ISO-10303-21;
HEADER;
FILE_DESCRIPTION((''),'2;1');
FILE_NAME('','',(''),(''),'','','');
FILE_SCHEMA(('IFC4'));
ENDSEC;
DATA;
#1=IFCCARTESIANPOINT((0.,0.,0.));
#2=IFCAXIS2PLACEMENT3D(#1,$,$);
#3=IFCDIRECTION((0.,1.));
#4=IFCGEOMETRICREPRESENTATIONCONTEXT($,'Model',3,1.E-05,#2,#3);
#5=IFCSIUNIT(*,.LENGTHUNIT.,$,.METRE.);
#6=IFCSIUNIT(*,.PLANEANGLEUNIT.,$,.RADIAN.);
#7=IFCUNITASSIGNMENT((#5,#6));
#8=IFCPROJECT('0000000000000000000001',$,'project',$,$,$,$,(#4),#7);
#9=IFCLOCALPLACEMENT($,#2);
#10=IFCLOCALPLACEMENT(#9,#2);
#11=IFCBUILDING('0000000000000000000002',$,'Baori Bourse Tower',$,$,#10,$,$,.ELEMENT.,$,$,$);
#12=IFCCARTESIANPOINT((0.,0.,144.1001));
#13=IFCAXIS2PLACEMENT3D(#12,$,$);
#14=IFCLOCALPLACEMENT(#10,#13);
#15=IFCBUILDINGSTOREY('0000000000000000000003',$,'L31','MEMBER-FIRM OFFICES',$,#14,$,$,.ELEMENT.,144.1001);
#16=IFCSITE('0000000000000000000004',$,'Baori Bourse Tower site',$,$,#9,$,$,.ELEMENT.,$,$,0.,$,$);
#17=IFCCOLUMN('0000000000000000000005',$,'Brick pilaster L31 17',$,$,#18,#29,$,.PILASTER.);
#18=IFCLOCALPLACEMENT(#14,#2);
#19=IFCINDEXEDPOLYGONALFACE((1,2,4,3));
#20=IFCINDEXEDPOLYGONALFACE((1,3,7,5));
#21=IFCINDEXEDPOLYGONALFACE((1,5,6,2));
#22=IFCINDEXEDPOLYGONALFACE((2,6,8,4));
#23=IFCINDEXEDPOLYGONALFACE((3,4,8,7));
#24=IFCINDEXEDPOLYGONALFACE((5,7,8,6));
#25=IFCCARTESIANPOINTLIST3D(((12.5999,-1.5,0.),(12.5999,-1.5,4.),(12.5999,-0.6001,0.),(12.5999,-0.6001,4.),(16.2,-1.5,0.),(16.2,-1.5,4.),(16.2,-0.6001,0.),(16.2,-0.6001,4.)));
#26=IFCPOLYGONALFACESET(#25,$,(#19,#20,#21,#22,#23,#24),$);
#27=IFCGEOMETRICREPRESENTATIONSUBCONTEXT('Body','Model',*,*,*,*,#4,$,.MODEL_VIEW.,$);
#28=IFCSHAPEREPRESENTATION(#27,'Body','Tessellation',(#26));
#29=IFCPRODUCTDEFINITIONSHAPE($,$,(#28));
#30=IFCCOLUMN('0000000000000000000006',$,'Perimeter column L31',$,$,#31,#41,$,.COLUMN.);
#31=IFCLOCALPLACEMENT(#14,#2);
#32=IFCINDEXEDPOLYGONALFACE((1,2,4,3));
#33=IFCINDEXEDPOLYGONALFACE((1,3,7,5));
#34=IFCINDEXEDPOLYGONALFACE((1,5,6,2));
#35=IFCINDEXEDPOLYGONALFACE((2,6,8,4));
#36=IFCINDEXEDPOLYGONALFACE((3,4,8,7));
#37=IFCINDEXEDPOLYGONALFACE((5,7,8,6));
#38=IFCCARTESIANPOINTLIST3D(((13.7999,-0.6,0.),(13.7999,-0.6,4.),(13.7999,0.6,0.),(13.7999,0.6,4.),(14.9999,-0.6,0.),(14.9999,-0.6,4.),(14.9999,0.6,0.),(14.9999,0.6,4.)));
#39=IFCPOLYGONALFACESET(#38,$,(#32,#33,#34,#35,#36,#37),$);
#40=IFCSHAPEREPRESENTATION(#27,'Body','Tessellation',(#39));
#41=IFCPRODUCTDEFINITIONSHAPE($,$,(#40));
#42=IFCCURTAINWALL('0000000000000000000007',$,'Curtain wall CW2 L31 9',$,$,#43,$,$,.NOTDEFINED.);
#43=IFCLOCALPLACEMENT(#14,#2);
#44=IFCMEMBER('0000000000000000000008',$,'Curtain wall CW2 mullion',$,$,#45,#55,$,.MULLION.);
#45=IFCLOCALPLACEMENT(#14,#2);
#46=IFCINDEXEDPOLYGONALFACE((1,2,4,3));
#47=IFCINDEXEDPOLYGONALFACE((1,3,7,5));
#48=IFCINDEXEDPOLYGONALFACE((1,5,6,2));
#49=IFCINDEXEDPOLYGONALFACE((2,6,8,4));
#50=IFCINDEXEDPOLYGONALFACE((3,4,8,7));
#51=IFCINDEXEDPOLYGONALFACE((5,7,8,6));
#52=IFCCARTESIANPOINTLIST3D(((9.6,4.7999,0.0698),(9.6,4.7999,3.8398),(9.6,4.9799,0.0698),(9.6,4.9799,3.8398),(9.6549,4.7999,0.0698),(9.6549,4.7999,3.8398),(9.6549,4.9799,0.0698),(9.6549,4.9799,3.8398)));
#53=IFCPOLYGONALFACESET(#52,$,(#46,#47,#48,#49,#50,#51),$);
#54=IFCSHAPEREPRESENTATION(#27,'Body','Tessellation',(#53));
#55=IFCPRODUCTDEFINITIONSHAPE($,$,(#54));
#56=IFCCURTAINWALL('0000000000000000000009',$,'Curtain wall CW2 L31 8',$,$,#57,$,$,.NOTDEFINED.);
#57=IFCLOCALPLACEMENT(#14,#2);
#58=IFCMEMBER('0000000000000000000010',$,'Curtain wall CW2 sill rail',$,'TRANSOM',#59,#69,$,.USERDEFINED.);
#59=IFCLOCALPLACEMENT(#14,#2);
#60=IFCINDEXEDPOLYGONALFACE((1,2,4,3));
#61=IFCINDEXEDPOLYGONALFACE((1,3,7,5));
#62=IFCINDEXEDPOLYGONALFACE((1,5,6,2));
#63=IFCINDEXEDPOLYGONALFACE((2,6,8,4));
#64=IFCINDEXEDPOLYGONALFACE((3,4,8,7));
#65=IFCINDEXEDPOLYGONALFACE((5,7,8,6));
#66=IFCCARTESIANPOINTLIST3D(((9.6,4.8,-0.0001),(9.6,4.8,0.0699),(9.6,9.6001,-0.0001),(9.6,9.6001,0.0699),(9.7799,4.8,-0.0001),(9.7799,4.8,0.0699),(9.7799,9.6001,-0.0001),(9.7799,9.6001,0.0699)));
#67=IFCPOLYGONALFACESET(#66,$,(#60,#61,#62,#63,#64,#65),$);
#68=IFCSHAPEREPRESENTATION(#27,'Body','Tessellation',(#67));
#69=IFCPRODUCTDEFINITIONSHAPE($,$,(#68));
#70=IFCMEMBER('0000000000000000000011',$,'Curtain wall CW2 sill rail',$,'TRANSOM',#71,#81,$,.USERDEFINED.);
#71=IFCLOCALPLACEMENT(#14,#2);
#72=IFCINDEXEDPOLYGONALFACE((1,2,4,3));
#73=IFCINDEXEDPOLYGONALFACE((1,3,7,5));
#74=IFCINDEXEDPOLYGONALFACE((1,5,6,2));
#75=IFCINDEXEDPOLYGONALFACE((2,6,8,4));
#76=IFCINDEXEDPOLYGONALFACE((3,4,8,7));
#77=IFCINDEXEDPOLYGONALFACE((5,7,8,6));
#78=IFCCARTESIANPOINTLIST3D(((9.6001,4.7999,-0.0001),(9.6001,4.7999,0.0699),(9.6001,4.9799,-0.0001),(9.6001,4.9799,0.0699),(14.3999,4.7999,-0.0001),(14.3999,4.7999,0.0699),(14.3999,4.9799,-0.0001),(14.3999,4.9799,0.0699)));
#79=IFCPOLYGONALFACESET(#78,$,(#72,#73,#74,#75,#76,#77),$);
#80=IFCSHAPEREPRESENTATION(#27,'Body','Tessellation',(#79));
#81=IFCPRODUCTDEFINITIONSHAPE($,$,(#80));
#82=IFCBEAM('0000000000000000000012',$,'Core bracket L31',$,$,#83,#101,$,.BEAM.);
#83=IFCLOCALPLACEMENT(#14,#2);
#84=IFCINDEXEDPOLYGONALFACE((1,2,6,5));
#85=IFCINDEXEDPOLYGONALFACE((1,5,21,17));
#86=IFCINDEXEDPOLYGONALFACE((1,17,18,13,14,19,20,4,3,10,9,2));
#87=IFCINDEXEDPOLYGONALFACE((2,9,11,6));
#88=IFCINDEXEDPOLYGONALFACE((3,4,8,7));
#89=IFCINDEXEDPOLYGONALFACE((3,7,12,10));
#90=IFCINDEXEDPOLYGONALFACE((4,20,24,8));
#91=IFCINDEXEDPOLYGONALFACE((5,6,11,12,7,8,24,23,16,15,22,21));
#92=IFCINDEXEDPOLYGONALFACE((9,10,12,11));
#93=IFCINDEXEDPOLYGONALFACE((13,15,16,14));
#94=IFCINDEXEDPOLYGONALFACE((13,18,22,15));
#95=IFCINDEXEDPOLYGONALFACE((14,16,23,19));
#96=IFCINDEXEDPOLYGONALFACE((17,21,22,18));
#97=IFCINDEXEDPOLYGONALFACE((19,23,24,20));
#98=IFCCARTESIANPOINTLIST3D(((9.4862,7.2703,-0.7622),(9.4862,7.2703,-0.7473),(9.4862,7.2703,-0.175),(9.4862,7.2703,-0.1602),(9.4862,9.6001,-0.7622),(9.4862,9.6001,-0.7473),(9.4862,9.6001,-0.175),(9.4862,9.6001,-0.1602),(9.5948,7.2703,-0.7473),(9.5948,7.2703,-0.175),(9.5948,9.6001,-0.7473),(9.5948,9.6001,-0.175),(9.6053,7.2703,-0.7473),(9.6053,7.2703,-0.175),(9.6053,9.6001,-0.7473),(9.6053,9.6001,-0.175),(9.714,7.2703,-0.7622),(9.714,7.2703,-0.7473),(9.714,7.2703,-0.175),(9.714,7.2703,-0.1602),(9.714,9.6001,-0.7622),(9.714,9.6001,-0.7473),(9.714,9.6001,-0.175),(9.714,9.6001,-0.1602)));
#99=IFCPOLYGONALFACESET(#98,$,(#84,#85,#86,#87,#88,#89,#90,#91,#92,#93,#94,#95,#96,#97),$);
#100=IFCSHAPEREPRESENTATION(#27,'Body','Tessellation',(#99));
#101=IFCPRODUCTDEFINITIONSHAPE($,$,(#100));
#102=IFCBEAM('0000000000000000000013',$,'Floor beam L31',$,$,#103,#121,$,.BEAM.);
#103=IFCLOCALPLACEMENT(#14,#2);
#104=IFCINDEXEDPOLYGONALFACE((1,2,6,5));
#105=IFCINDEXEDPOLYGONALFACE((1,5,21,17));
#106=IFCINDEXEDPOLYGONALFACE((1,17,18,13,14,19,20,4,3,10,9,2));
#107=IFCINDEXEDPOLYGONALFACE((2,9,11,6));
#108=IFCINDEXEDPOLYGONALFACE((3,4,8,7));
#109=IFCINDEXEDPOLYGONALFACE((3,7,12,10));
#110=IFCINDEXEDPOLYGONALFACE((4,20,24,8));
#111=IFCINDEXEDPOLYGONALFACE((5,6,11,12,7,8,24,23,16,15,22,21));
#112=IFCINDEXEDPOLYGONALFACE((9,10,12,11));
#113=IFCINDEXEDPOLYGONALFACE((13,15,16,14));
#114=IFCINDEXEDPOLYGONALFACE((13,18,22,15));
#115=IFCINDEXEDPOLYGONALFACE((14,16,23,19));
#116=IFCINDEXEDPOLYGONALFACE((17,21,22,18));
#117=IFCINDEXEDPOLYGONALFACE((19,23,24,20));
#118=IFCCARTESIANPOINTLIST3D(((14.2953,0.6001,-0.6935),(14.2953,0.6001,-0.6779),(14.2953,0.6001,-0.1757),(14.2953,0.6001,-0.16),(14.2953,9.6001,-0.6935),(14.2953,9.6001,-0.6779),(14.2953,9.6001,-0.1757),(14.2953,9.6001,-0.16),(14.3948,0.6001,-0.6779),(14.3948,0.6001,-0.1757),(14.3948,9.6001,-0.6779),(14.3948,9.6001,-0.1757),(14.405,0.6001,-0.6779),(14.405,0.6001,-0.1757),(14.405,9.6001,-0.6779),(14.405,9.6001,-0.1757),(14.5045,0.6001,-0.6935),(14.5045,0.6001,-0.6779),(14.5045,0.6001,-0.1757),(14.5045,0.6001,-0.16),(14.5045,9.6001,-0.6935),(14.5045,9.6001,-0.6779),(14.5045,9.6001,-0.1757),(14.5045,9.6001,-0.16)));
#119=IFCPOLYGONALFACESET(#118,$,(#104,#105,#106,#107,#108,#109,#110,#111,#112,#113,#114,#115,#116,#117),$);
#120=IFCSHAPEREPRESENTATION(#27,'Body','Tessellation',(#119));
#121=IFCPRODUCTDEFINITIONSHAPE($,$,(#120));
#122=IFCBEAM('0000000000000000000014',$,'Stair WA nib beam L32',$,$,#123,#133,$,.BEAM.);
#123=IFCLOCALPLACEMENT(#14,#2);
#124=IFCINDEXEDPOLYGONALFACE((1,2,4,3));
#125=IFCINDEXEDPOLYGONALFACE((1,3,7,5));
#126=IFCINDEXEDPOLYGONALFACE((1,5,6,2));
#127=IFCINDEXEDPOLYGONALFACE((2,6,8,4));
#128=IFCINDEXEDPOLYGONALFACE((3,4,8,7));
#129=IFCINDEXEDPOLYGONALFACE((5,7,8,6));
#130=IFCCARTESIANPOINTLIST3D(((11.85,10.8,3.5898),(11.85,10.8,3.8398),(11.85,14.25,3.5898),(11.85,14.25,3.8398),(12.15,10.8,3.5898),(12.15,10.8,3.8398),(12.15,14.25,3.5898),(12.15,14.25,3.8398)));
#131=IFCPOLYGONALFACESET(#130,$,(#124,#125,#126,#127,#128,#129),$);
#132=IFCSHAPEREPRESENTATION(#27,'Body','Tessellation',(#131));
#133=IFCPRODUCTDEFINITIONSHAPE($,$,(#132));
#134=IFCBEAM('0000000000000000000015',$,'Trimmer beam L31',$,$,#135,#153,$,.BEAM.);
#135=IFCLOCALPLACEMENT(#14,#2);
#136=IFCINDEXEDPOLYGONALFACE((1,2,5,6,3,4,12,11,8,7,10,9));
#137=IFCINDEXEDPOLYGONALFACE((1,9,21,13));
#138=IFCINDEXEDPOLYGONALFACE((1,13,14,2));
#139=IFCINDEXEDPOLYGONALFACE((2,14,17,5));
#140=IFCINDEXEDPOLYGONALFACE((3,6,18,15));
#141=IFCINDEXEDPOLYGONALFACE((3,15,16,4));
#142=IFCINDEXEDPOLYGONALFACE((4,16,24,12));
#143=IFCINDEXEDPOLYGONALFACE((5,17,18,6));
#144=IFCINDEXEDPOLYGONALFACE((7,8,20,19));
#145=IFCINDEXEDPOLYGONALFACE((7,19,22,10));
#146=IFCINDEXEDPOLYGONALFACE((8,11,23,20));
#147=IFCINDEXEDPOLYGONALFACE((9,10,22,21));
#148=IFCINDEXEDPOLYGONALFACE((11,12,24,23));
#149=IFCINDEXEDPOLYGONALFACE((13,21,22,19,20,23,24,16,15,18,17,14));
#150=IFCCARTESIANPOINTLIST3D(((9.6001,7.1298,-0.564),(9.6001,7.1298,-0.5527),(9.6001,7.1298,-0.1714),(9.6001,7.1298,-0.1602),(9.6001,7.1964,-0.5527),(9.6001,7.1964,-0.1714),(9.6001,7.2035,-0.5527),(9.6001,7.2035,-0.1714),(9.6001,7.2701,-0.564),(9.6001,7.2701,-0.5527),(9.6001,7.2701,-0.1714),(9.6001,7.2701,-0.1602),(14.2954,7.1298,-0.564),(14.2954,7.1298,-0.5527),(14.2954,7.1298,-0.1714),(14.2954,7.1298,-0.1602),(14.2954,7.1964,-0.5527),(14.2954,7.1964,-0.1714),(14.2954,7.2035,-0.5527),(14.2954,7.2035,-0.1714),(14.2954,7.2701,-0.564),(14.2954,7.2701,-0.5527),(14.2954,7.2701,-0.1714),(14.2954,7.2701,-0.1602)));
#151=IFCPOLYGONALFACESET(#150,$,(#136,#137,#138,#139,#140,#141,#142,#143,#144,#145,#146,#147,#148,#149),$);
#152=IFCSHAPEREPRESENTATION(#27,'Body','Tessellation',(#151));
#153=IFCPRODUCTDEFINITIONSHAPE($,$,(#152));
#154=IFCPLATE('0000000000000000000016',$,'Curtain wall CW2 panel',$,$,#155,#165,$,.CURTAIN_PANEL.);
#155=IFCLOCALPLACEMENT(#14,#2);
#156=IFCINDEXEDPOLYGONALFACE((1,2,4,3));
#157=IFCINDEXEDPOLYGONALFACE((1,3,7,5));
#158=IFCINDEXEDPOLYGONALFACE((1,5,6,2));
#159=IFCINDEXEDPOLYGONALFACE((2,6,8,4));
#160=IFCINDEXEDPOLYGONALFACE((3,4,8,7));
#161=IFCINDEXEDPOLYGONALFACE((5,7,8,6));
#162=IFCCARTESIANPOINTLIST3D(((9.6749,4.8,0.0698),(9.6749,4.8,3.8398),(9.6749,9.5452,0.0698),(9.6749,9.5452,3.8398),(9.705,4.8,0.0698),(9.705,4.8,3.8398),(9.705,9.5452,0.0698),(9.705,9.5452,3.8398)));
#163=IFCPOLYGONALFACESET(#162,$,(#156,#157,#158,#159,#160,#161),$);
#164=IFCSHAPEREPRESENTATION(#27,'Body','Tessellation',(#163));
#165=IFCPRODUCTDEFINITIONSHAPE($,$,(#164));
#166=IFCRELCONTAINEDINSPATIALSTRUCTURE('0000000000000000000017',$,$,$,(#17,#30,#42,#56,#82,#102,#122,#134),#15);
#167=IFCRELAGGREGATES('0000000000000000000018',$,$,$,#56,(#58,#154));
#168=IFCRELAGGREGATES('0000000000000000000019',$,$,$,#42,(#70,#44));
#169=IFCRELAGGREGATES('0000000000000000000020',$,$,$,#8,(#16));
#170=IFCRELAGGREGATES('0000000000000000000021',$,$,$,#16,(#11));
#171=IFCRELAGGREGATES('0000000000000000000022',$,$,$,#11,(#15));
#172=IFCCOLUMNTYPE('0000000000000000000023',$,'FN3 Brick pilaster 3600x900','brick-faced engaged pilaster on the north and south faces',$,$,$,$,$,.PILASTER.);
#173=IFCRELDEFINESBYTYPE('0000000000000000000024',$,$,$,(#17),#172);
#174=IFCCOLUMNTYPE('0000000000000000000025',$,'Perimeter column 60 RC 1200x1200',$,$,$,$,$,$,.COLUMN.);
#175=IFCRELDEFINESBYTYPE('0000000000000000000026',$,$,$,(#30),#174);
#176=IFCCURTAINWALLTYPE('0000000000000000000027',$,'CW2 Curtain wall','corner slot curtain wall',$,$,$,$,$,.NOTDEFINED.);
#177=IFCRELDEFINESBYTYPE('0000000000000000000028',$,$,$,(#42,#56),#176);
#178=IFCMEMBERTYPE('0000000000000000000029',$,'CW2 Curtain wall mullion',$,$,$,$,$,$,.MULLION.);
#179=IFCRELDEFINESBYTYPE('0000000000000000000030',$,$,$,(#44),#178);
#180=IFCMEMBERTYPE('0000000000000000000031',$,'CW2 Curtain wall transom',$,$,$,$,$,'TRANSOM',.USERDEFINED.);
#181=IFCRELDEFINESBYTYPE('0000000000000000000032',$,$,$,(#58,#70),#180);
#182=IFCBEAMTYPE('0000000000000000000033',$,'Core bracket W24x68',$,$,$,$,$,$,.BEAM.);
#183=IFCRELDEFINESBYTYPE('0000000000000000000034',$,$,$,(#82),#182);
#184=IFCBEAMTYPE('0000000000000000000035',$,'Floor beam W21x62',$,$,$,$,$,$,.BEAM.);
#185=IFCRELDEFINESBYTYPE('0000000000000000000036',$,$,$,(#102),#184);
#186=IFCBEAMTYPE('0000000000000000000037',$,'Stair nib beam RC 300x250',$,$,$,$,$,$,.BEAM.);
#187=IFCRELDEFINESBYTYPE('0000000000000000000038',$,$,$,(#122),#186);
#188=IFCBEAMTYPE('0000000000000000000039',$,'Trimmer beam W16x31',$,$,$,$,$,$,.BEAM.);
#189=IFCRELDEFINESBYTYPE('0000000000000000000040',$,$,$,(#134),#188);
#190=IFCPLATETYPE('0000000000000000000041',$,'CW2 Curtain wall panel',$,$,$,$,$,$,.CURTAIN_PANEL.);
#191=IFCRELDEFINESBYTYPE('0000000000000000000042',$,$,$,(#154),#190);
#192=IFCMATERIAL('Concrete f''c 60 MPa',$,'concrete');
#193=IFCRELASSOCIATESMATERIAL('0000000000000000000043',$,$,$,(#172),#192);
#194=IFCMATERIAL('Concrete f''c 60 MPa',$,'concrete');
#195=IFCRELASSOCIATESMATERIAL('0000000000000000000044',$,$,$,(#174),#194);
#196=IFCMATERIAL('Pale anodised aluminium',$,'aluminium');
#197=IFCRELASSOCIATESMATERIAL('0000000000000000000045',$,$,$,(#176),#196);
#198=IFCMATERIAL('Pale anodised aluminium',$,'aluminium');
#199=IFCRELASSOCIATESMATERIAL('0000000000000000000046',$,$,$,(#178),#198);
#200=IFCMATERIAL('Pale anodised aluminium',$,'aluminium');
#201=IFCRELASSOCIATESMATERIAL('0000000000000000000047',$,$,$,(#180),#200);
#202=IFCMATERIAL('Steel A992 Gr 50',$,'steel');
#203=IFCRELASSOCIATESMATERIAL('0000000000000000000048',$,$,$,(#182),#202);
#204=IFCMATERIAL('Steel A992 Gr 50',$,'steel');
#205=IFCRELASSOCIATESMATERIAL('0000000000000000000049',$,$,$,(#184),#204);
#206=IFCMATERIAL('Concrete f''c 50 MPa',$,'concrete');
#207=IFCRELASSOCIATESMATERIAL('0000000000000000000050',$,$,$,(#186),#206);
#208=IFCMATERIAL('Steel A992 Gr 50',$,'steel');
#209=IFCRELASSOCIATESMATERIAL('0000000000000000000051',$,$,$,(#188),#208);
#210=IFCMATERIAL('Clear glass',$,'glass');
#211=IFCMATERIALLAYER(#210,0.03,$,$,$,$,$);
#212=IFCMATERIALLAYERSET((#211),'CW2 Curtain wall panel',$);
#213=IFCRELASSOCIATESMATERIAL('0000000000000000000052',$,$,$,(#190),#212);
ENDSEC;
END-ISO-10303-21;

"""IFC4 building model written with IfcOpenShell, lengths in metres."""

from ifc_helpers import new_model, si_unit, direction, frame, origin, origin_2d, place, context, subcontext, project, spatial, rectangle, i_section, extrude, material, layer, layer_set, material_profile, profile_set, type_object, element, aggregate, save


model = new_model("IFC4")

# Units and contexts
model_context = context("Model", 3, precision=1e-05, world=origin(), true_north=direction((0.0, 1.0)))
body_context = subcontext(model_context, "Body", "Model", "MODEL_VIEW")
ifc_project = project(units=[si_unit("LENGTHUNIT", "METRE"), si_unit("PLANEANGLEUNIT", "RADIAN")], contexts=[model_context])

# Site, building, storey
site_placement = place(None, origin())
site = spatial("IfcSite", under=ifc_project, at=site_placement, Name="Baori Bourse Tower site", CompositionType="ELEMENT", RefElevation=0.0)
building_placement = place(site_placement, origin())
building = spatial("IfcBuilding", under=site, at=building_placement, Name="Baori Bourse Tower", CompositionType="ELEMENT")
storey_placement = place(building_placement, frame((0.0, 0.0, 144.1001)))
storey = spatial("IfcBuildingStorey", under=building, at=storey_placement, Name="L31", Description="MEMBER-FIRM OFFICES", CompositionType="ELEMENT", Elevation=144.1001)

# Columns
ifc_material_1 = material(Name="Concrete f'c 60 MPa", Category="concrete")
ifc_material_profile_1 = material_profile(ifc_material_1, rectangle(XDim=3.6001, YDim=0.8999, at=origin_2d()), Name="RC 3600x900")
ifc_profile_set_1 = profile_set([ifc_material_profile_1], Name="Concrete f'c 60 MPa")
column_type_1 = type_object("IfcColumnType", Name="FN3 Brick pilaster 3600x900", Description="brick-faced engaged pilaster on the north and south faces", PredefinedType="PILASTER", material=ifc_profile_set_1)
column_1_placement = place(storey_placement, frame((14.3999, -1.05, 0.0), z_axis=(0.0, 0.0, 1.0), x_axis=(1.0, 0.0, 0.0)))
element("IfcColumn", 1, at=column_1_placement, inside=storey, type_object=column_type_1, Name="Brick pilaster L31 17", PredefinedType="PILASTER", context=body_context, shape_type="SweptSolid", body=[
    extrude(rectangle(XDim=3.6001, YDim=0.8999, at=origin_2d()), origin(), (0.0, 0.0, 1.0), 4.0),
])
ifc_material_2 = material(Name="Concrete f'c 60 MPa", Category="concrete")
ifc_material_profile_2 = material_profile(ifc_material_2, rectangle(XDim=1.2, YDim=1.2, at=origin_2d()), Name="RC 1200x1200")
ifc_profile_set_2 = profile_set([ifc_material_profile_2], Name="Concrete f'c 60 MPa")
column_type_2 = type_object("IfcColumnType", Name="Perimeter column 60 RC 1200x1200", PredefinedType="COLUMN", material=ifc_profile_set_2)
column_2_placement = place(storey_placement, frame((14.3999, 0.0, 0.0), z_axis=(0.0, 0.0, 1.0), x_axis=(1.0, 0.0, 0.0)))
element("IfcColumn", 2, at=column_2_placement, inside=storey, type_object=column_type_2, Name="Perimeter column L31", PredefinedType="COLUMN", context=body_context, shape_type="SweptSolid", body=[
    extrude(rectangle(XDim=1.2, YDim=1.2, at=origin_2d()), origin(), (0.0, 0.0, 1.0), 4.0),
])

# Curtain walls, members
ifc_material_3 = material(Name="Pale anodised aluminium", Category="aluminium")
curtain_wall_type = type_object("IfcCurtainWallType", Name="CW2 Curtain wall", Description="corner slot curtain wall", PredefinedType="NOTDEFINED", material=ifc_material_3)
curtain_wall_1_placement = place(storey_placement, origin())
curtain_wall_1 = element("IfcCurtainWall", 3, at=curtain_wall_1_placement, inside=storey, type_object=curtain_wall_type, Name="Curtain wall CW2 L31 9", PredefinedType="NOTDEFINED")
ifc_material_4 = material(Name="Pale anodised aluminium", Category="aluminium")
ifc_material_profile_3 = material_profile(ifc_material_4, rectangle(XDim=0.1799, YDim=0.0549, at=origin_2d()), Name="Mullion 55x180")
ifc_profile_set_3 = profile_set([ifc_material_profile_3], Name="Pale anodised aluminium")
member_type_1 = type_object("IfcMemberType", Name="CW2 Curtain wall mullion", PredefinedType="MULLION", material=ifc_profile_set_3)
member_1_placement = place(storey_placement, frame((9.6274, 4.8899, 0.0698), z_axis=(0.0, 0.0, 1.0), x_axis=(0.0, 1.0, 0.0)))
member_1 = element("IfcMember", 4, at=member_1_placement, type_object=member_type_1, Name="Curtain wall CW2 mullion", PredefinedType="MULLION", context=body_context, shape_type="SweptSolid", body=[
    extrude(rectangle(XDim=0.1799, YDim=0.0549, at=origin_2d()), origin(), (0.0, 0.0, 1.0), 3.77),
])
curtain_wall_2_placement = place(storey_placement, origin())
curtain_wall_2 = element("IfcCurtainWall", 5, at=curtain_wall_2_placement, inside=storey, type_object=curtain_wall_type, Name="Curtain wall CW2 L31 8", PredefinedType="NOTDEFINED")
ifc_material_5 = material(Name="Pale anodised aluminium", Category="aluminium")
ifc_material_profile_4 = material_profile(ifc_material_5, rectangle(XDim=0.1799, YDim=0.0701, at=origin_2d()), Name="Transom 70x180")
ifc_profile_set_4 = profile_set([ifc_material_profile_4], Name="Pale anodised aluminium")
member_type_2 = type_object("IfcMemberType", Name="CW2 Curtain wall transom", ElementType="TRANSOM", PredefinedType="USERDEFINED", material=ifc_profile_set_4)
member_2_placement = place(storey_placement, frame((9.6899, 9.6001, 0.0349), z_axis=(0.0, -1.0, 0.0), x_axis=(1.0, 0.0, 0.0)))
member_2 = element("IfcMember", 6, at=member_2_placement, type_object=member_type_2, Name="Curtain wall CW2 sill rail", ObjectType="TRANSOM", PredefinedType="USERDEFINED", context=body_context, shape_type="SweptSolid", body=[
    extrude(rectangle(XDim=0.1799, YDim=0.0701, at=origin_2d()), origin(), (0.0, 0.0, 1.0), 4.8),
])

# Member
member_3_placement = place(storey_placement, frame((9.6001, 4.8899, 0.0349), z_axis=(1.0, 0.0, 0.0), x_axis=(0.0, 1.0, 0.0)))
member_3 = element("IfcMember", 7, at=member_3_placement, type_object=member_type_2, Name="Curtain wall CW2 sill rail", ObjectType="TRANSOM", PredefinedType="USERDEFINED", context=body_context, shape_type="SweptSolid", body=[
    extrude(rectangle(XDim=0.1799, YDim=0.0701, at=origin_2d()), origin(), (0.0, 0.0, 1.0), 4.7998),
])

# Beams
ifc_material_6 = material(Name="Steel A992 Gr 50", Category="steel")
ifc_material_profile_5 = material_profile(ifc_material_6, i_section(OverallWidth=0.2278, OverallDepth=0.6021, WebThickness=0.0105, FlangeThickness=0.0149, at=origin_2d()), Name="W24x68")
ifc_profile_set_5 = profile_set([ifc_material_profile_5], Name="Steel A992 Gr 50")
beam_type_1 = type_object("IfcBeamType", Name="Core bracket W24x68", PredefinedType="BEAM", material=ifc_profile_set_5)
beam_1_placement = place(storey_placement, frame((9.6001, 7.2703, -0.4612), z_axis=(0.0, 1.0, 0.0), x_axis=(-1.0, 0.0, 0.0)))
element("IfcBeam", 8, at=beam_1_placement, inside=storey, type_object=beam_type_1, Name="Core bracket L31", PredefinedType="BEAM", context=body_context, shape_type="SweptSolid", body=[
    extrude(i_section(OverallWidth=0.2278, OverallDepth=0.6021, WebThickness=0.0105, FlangeThickness=0.0149, at=origin_2d()), origin(), (0.0, 0.0, 1.0), 2.3298),
])
ifc_material_7 = material(Name="Steel A992 Gr 50", Category="steel")
ifc_material_profile_6 = material_profile(ifc_material_7, i_section(OverallWidth=0.2092, OverallDepth=0.5334, WebThickness=0.0103, FlangeThickness=0.0156, at=origin_2d()), Name="W21x62")
ifc_profile_set_6 = profile_set([ifc_material_profile_6], Name="Steel A992 Gr 50")
beam_type_2 = type_object("IfcBeamType", Name="Floor beam W21x62", PredefinedType="BEAM", material=ifc_profile_set_6)
beam_2_placement = place(storey_placement, frame((14.3999, 0.6001, -0.4268), z_axis=(0.0, 1.0, 0.0), x_axis=(-1.0, 0.0, 0.0)))
element("IfcBeam", 9, at=beam_2_placement, inside=storey, type_object=beam_type_2, Name="Floor beam L31", PredefinedType="BEAM", context=body_context, shape_type="SweptSolid", body=[
    extrude(i_section(OverallWidth=0.2092, OverallDepth=0.5334, WebThickness=0.0103, FlangeThickness=0.0156, at=origin_2d()), origin(), (0.0, 0.0, 1.0), 9.0),
])
ifc_material_8 = material(Name="Concrete f'c 50 MPa", Category="concrete")
ifc_material_profile_7 = material_profile(ifc_material_8, rectangle(XDim=0.3, YDim=0.25, at=origin_2d()), Name="RC 300x250")
ifc_profile_set_7 = profile_set([ifc_material_profile_7], Name="Concrete f'c 50 MPa")
beam_type_3 = type_object("IfcBeamType", Name="Stair nib beam RC 300x250", PredefinedType="BEAM", material=ifc_profile_set_7)
beam_3_placement = place(storey_placement, frame((12.0, 10.8, 3.7148), z_axis=(0.0, 1.0, 0.0), x_axis=(-1.0, 0.0, 0.0)))
element("IfcBeam", 10, at=beam_3_placement, inside=storey, type_object=beam_type_3, Name="Stair WA nib beam L32", PredefinedType="BEAM", context=body_context, shape_type="SweptSolid", body=[
    extrude(rectangle(XDim=0.3, YDim=0.25, at=origin_2d()), origin(), (0.0, 0.0, 1.0), 3.45),
])
ifc_material_9 = material(Name="Steel A992 Gr 50", Category="steel")
ifc_material_profile_8 = material_profile(ifc_material_9, i_section(OverallWidth=0.1404, OverallDepth=0.4038, WebThickness=0.0071, FlangeThickness=0.0112, at=origin_2d()), Name="W16x31")
ifc_profile_set_8 = profile_set([ifc_material_profile_8], Name="Steel A992 Gr 50")
beam_type_4 = type_object("IfcBeamType", Name="Trimmer beam W16x31", PredefinedType="BEAM", material=ifc_profile_set_8)
beam_4_placement = place(storey_placement, frame((9.6001, 7.2, -0.3621), z_axis=(1.0, 0.0, 0.0), x_axis=(0.0, 1.0, 0.0)))
element("IfcBeam", 11, at=beam_4_placement, inside=storey, type_object=beam_type_4, Name="Trimmer beam L31", PredefinedType="BEAM", context=body_context, shape_type="SweptSolid", body=[
    extrude(i_section(OverallWidth=0.1404, OverallDepth=0.4038, WebThickness=0.0071, FlangeThickness=0.0112, at=origin_2d()), origin(), (0.0, 0.0, 1.0), 4.6953),
])

# Plate
ifc_material_10 = material(Name="Clear glass", Category="glass")
ifc_layer_1 = layer(ifc_material_10, 0.03)
ifc_layer_set_1 = layer_set([ifc_layer_1], Name="CW2 Curtain wall panel")
plate_type = type_object("IfcPlateType", Name="CW2 Curtain wall panel", PredefinedType="CURTAIN_PANEL", material=ifc_layer_set_1)
plate_1_placement = place(storey_placement, frame((9.6899, 7.1726, 0.0698), z_axis=(0.0, 0.0, 1.0), x_axis=(0.0, -1.0, 0.0)))
plate_1 = element("IfcPlate", 12, at=plate_1_placement, type_object=plate_type, Name="Curtain wall CW2 panel", PredefinedType="CURTAIN_PANEL", context=body_context, shape_type="SweptSolid", body=[
    extrude(rectangle(XDim=4.7451, YDim=0.03, at=origin_2d()), origin(), (0.0, 0.0, 1.0), 3.77),
])
aggregate(curtain_wall_2, [member_2, plate_1])
aggregate(curtain_wall_1, [member_3, member_1])

save(model, "model.ifc")
